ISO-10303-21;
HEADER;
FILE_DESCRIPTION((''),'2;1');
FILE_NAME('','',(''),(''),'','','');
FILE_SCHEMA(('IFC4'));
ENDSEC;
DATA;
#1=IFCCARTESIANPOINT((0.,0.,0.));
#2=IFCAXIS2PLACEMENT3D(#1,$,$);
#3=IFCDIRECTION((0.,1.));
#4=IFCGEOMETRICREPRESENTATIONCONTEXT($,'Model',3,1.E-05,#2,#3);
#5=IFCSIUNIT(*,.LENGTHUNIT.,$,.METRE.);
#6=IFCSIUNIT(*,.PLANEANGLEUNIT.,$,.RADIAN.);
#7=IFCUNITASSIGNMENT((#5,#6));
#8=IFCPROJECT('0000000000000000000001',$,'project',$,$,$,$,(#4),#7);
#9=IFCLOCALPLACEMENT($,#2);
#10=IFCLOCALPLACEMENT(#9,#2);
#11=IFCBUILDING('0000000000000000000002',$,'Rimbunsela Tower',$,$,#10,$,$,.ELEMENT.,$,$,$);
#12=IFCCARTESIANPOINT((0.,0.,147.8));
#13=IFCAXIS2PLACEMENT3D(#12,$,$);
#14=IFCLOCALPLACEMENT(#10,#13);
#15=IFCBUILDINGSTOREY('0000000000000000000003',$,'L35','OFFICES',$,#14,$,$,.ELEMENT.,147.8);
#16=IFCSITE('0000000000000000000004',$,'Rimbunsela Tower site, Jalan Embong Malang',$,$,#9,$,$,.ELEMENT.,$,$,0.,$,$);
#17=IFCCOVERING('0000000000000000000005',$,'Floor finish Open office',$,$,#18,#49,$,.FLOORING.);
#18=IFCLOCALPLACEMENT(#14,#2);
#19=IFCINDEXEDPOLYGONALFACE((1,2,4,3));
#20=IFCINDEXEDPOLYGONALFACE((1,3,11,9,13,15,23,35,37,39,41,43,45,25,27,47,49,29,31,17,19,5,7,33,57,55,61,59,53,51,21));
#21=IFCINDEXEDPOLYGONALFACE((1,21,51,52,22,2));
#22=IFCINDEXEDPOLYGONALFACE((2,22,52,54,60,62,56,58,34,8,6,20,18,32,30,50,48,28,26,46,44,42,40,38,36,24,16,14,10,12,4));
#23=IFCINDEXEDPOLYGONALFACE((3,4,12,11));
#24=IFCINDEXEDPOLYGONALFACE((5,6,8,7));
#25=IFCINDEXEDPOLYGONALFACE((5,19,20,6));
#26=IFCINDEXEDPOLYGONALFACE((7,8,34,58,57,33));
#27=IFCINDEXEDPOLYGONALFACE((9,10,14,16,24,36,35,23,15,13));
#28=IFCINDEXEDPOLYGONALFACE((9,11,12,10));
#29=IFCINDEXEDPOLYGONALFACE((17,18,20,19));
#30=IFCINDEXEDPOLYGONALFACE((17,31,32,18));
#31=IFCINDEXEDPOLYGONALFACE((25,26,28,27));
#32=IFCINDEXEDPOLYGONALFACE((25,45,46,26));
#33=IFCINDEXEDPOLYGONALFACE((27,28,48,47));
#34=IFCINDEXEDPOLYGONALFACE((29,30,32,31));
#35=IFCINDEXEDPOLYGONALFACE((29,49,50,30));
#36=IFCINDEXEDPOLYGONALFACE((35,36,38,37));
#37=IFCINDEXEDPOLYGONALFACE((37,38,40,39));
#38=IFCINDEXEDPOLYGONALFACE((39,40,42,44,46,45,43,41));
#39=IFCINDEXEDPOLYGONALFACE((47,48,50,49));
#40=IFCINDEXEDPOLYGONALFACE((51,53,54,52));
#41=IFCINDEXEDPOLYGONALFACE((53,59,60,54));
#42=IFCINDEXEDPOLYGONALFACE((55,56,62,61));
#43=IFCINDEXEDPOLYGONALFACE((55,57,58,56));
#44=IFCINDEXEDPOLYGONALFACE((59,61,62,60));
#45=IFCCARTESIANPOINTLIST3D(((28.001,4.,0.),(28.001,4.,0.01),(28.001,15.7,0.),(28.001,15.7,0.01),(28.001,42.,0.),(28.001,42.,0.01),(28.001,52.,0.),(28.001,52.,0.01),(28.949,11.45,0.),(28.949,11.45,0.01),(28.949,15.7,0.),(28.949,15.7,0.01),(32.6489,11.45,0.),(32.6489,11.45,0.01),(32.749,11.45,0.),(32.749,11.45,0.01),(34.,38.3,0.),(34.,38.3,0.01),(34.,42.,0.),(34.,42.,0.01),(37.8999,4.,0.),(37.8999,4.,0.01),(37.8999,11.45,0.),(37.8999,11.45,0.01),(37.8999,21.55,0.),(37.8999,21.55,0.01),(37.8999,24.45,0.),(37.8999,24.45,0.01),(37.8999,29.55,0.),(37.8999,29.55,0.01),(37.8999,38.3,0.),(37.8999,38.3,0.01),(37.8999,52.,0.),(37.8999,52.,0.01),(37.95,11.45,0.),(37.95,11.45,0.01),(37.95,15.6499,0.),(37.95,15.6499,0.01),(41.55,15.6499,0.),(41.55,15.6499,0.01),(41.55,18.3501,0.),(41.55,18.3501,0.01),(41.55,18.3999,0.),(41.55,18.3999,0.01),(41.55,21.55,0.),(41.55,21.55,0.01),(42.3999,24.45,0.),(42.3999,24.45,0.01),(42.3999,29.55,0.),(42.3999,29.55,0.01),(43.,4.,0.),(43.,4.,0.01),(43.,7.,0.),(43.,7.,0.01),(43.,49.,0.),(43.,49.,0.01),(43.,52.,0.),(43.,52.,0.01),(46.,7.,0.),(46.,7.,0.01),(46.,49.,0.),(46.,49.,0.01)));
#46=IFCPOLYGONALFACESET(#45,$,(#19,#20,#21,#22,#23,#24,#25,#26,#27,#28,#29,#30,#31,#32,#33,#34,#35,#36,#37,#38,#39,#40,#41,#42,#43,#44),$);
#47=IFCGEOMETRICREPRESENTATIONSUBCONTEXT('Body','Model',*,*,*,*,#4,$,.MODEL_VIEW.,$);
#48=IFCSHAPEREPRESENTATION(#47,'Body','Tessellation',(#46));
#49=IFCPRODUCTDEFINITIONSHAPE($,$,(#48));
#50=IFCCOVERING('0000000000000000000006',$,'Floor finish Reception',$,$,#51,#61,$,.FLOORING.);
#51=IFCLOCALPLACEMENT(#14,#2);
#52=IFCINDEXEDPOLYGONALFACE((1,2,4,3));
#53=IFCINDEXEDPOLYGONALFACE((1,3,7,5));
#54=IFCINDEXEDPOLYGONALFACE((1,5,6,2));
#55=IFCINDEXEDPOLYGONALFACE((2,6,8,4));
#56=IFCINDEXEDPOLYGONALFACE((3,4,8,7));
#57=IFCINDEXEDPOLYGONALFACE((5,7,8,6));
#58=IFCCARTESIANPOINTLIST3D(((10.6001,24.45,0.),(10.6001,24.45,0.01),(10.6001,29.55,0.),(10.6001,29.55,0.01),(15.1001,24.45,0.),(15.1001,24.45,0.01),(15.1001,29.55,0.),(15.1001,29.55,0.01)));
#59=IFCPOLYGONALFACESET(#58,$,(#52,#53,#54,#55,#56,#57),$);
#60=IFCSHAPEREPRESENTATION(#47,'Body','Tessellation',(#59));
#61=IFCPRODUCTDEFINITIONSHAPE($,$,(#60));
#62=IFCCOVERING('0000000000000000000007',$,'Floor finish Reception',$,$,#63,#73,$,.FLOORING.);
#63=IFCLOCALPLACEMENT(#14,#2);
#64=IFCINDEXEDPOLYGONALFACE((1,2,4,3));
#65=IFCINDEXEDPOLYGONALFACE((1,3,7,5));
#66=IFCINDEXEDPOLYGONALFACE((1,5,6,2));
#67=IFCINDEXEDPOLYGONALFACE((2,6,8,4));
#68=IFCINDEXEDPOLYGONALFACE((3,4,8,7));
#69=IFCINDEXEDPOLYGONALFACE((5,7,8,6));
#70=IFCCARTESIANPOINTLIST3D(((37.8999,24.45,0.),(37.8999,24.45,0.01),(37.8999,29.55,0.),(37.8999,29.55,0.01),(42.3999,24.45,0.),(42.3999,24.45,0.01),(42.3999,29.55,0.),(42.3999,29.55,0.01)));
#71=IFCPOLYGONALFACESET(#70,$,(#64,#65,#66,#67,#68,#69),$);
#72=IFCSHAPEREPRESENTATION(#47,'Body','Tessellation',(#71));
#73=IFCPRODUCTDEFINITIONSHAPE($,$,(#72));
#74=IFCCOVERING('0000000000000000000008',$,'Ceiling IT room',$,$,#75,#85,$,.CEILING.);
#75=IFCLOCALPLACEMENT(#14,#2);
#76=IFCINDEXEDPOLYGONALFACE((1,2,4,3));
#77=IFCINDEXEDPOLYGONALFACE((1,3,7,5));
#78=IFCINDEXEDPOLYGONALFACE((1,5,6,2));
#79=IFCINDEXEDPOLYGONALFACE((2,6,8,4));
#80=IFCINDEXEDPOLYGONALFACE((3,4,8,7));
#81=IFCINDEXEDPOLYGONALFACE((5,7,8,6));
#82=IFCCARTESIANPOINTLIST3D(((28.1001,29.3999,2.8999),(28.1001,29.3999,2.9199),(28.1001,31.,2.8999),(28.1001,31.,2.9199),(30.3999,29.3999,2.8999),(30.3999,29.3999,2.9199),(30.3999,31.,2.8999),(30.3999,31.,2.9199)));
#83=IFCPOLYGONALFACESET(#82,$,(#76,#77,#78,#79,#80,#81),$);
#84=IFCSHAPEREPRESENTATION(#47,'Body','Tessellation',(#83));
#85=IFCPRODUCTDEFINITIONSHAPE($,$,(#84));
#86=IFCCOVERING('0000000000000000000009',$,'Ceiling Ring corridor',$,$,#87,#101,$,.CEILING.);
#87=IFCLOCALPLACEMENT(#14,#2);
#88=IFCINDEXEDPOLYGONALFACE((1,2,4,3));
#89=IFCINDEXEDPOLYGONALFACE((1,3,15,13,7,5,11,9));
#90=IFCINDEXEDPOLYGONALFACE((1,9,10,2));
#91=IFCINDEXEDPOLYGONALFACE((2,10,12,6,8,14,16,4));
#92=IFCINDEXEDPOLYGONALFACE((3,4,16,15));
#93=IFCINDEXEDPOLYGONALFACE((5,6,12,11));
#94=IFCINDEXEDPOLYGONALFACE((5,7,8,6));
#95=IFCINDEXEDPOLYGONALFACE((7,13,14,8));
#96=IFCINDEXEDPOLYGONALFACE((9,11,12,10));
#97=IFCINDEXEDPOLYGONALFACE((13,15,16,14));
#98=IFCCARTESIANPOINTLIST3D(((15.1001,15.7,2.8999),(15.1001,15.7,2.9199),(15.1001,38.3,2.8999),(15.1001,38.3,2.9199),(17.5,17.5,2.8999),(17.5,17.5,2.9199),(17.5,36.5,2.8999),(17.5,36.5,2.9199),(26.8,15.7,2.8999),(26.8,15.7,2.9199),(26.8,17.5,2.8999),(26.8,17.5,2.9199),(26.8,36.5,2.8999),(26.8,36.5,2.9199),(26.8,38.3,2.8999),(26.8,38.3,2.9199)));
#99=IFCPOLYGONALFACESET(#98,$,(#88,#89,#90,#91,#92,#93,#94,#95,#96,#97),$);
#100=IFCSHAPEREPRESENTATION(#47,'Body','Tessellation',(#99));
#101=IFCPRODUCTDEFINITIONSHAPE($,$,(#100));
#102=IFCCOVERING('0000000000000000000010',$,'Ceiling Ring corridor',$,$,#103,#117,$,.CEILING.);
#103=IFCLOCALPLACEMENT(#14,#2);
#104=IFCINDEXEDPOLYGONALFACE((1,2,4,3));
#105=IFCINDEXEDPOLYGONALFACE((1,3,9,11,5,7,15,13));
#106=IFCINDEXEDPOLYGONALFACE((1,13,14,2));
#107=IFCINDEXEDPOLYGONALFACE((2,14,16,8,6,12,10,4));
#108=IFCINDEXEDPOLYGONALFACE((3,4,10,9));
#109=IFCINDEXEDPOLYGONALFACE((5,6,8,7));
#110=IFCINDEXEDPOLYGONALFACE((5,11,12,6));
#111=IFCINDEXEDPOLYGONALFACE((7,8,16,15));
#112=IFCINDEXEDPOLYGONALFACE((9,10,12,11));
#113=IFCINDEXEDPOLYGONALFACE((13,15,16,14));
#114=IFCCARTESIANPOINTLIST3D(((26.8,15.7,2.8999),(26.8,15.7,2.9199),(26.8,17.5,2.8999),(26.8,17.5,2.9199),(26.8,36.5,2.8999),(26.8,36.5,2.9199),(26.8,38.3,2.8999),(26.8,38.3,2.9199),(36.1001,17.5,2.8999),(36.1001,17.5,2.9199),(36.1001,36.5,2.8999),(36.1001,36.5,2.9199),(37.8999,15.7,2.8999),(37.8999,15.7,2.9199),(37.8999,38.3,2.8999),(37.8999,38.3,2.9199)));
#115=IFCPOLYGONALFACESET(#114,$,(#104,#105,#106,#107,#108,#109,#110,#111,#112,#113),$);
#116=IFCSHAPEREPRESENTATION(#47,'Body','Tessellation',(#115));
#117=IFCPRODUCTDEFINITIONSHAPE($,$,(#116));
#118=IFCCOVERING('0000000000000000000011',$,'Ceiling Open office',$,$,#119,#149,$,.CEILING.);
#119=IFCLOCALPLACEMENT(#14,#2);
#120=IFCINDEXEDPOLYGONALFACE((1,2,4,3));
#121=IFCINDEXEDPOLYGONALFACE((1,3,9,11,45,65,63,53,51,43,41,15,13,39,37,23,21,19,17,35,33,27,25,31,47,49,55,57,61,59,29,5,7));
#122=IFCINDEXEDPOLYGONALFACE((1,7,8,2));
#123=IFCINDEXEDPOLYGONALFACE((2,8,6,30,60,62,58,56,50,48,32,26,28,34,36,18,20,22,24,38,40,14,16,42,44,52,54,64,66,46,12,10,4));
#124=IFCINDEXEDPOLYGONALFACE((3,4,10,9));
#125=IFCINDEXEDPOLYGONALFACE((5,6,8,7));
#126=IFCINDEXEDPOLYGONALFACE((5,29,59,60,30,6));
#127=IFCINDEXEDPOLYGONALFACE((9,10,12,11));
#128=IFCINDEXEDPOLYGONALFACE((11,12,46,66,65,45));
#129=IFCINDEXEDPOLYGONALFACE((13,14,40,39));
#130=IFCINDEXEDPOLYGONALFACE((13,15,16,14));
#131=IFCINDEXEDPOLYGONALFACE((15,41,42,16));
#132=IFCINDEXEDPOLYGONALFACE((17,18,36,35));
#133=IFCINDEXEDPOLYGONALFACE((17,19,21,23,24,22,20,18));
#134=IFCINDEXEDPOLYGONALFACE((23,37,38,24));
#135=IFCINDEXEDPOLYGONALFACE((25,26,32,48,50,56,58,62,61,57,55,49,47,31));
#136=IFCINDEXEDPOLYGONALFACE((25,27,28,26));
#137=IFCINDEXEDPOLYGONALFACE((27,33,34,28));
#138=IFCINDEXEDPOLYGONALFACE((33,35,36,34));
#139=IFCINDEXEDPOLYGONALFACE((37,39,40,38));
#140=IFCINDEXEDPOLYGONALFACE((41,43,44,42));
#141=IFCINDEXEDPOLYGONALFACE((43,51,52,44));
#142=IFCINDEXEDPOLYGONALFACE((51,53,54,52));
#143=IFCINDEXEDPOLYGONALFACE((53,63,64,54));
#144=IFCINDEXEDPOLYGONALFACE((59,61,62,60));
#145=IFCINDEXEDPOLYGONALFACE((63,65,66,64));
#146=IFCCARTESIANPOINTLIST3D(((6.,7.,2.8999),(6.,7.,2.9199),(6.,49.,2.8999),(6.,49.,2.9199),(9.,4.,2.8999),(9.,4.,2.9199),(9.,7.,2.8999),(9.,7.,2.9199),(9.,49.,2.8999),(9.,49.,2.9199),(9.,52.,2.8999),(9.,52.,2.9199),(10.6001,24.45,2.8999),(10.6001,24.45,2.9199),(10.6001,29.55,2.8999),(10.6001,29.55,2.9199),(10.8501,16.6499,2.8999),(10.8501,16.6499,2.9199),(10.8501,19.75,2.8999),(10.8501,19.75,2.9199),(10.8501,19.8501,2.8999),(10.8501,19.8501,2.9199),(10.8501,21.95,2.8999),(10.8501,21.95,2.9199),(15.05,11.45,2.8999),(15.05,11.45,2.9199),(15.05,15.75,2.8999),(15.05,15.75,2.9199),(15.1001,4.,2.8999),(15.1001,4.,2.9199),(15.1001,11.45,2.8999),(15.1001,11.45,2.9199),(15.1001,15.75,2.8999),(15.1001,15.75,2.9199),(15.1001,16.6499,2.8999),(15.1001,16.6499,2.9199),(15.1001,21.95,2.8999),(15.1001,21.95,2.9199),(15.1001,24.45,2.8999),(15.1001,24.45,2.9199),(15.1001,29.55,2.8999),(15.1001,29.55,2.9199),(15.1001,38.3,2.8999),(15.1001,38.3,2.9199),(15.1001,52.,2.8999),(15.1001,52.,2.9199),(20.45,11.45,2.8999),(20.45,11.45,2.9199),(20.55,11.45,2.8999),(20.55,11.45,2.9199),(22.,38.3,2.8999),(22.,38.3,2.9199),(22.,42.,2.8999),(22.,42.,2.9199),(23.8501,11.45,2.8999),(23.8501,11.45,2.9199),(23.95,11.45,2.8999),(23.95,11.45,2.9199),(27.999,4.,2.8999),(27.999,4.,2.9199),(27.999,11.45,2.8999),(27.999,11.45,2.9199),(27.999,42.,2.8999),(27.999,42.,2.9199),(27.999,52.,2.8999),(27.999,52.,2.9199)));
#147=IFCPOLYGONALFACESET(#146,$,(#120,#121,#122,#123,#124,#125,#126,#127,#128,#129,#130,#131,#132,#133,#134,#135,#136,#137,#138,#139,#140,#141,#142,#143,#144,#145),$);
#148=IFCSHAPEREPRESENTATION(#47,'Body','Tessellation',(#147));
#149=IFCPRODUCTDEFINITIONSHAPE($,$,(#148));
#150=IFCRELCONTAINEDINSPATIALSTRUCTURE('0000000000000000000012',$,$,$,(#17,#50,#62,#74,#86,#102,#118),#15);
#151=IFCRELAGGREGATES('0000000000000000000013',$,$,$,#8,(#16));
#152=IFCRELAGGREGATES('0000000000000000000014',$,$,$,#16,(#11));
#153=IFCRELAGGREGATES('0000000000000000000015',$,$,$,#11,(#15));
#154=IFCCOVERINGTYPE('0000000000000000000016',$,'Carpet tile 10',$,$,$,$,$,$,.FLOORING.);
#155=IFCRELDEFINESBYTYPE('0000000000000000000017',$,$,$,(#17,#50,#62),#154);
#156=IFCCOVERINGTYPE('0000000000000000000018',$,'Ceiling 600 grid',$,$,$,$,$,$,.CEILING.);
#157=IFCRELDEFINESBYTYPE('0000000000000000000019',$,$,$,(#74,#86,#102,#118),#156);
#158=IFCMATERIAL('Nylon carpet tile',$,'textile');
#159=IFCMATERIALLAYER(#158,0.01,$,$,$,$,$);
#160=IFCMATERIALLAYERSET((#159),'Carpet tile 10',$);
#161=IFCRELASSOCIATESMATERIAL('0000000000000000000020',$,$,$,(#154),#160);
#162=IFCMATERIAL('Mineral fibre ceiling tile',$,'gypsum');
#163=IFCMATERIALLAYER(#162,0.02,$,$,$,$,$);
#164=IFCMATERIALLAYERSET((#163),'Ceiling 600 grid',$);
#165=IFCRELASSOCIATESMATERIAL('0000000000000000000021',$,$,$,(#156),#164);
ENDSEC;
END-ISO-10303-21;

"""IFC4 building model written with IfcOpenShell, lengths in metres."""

from ifc_helpers import new_model, si_unit, direction, frame, origin, place, context, subcontext, project, spatial, polyline, outline, extrude, material, layer, layer_set, type_object, element, save


model = new_model("IFC4")

# Units and contexts
model_context = context("Model", 3, precision=1e-05, world=origin(), true_north=direction((0.0, 1.0)))
body_context = subcontext(model_context, "Body", "Model", "MODEL_VIEW")
ifc_project = project(units=[si_unit("LENGTHUNIT", "METRE"), si_unit("PLANEANGLEUNIT", "RADIAN")], contexts=[model_context])

# Site, building, storey
site_placement = place(None, origin())
site = spatial("IfcSite", under=ifc_project, at=site_placement, Name="Rimbunsela Tower site, Jalan Embong Malang", CompositionType="ELEMENT", RefElevation=0.0)
building_placement = place(site_placement, origin())
building = spatial("IfcBuilding", under=site, at=building_placement, Name="Rimbunsela Tower", CompositionType="ELEMENT")
storey_placement = place(building_placement, frame((0.0, 0.0, 147.8)))
storey = spatial("IfcBuildingStorey", under=building, at=storey_placement, Name="L35", Description="OFFICES", CompositionType="ELEMENT", Elevation=147.8)

# Coverings
ifc_material_1 = material(Name="Nylon carpet tile", Category="textile")
ifc_layer_1 = layer(ifc_material_1, 0.01)
ifc_layer_set_1 = layer_set([ifc_layer_1], Name="Carpet tile 10")
covering_type_1 = type_object("IfcCoveringType", Name="Carpet tile 10", PredefinedType="FLOORING", material=ifc_layer_set_1)
covering_1_placement = place(storey_placement, origin())
element("IfcCovering", 1, at=covering_1_placement, inside=storey, type_object=covering_type_1, Name="Floor finish Open office", PredefinedType="FLOORING", context=body_context, shape_type="SweptSolid", body=[
    extrude(outline(polyline([(28.001, 15.7), (28.949, 15.7), (28.949, 11.45), (32.6489, 11.45), (32.749, 11.45), (37.8999, 11.45), (37.95, 11.45), (37.95, 15.6499), (41.55, 15.6499), (41.55, 18.3501), (41.55, 18.3999), (41.55, 21.55), (37.8999, 21.55), (37.8999, 24.45), (42.3999, 24.45), (42.3999, 29.55), (37.8999, 29.55), (37.8999, 38.3), (34.0, 38.3), (34.0, 42.0), (28.001, 42.0), (28.001, 52.0), (37.8999, 52.0), (43.0, 52.0), (43.0, 49.0), (46.0, 49.0), (46.0, 7.0), (43.0, 7.0), (43.0, 4.0), (37.8999, 4.0), (28.001, 4.0), (28.001, 15.7)])), origin(), (0.0, 0.0, 1.0), 0.01),
])
covering_2_placement = place(storey_placement, origin())
element("IfcCovering", 2, at=covering_2_placement, inside=storey, type_object=covering_type_1, Name="Floor finish Reception", PredefinedType="FLOORING", context=body_context, shape_type="SweptSolid", body=[
    extrude(outline(polyline([(15.1001, 24.45), (15.1001, 29.55), (10.6001, 29.55), (10.6001, 24.45), (15.1001, 24.45)])), origin(), (0.0, 0.0, 1.0), 0.01),
])
covering_3_placement = place(storey_placement, origin())
element("IfcCovering", 3, at=covering_3_placement, inside=storey, type_object=covering_type_1, Name="Floor finish Reception", PredefinedType="FLOORING", context=body_context, shape_type="SweptSolid", body=[
    extrude(outline(polyline([(42.3999, 24.45), (42.3999, 29.55), (37.8999, 29.55), (37.8999, 24.45), (42.3999, 24.45)])), origin(), (0.0, 0.0, 1.0), 0.01),
])
ifc_material_2 = material(Name="Mineral fibre ceiling tile", Category="gypsum")
ifc_layer_2 = layer(ifc_material_2, 0.02)
ifc_layer_set_2 = layer_set([ifc_layer_2], Name="Ceiling 600 grid")
covering_type_2 = type_object("IfcCoveringType", Name="Ceiling 600 grid", PredefinedType="CEILING", material=ifc_layer_set_2)
covering_4_placement = place(storey_placement, frame((0.0, 0.0, 2.8999)))
element("IfcCovering", 4, at=covering_4_placement, inside=storey, type_object=covering_type_2, Name="Ceiling IT room", PredefinedType="CEILING", context=body_context, shape_type="SweptSolid", body=[
    extrude(outline(polyline([(30.3999, 29.3999), (30.3999, 31.0), (28.1001, 31.0), (28.1001, 29.3999), (30.3999, 29.3999)])), origin(), (0.0, 0.0, 1.0), 0.02),
])
covering_5_placement = place(storey_placement, frame((0.0, 0.0, 2.8999)))
element("IfcCovering", 5, at=covering_5_placement, inside=storey, type_object=covering_type_2, Name="Ceiling Ring corridor", PredefinedType="CEILING", context=body_context, shape_type="SweptSolid", body=[
    extrude(outline(polyline([(15.1001, 38.3), (26.8, 38.3), (26.8, 36.5), (17.5, 36.5), (17.5, 17.5), (26.8, 17.5), (26.8, 15.7), (15.1001, 15.7), (15.1001, 38.3)])), origin(), (0.0, 0.0, 1.0), 0.02),
])
covering_6_placement = place(storey_placement, frame((0.0, 0.0, 2.8999)))
element("IfcCovering", 6, at=covering_6_placement, inside=storey, type_object=covering_type_2, Name="Ceiling Ring corridor", PredefinedType="CEILING", context=body_context, shape_type="SweptSolid", body=[
    extrude(outline(polyline([(37.8999, 38.3), (37.8999, 15.7), (26.8, 15.7), (26.8, 17.5), (36.1001, 17.5), (36.1001, 36.5), (26.8, 36.5), (26.8, 38.3), (37.8999, 38.3)])), origin(), (0.0, 0.0, 1.0), 0.02),
])
covering_7_placement = place(storey_placement, frame((0.0, 0.0, 2.8999)))
element("IfcCovering", 7, at=covering_7_placement, inside=storey, type_object=covering_type_2, Name="Ceiling Open office", PredefinedType="CEILING", context=body_context, shape_type="SweptSolid", body=[
    extrude(outline(polyline([(20.55, 11.45), (23.8501, 11.45), (23.95, 11.45), (27.999, 11.45), (27.999, 4.0), (15.1001, 4.0), (9.0, 4.0), (9.0, 7.0), (6.0, 7.0), (6.0, 49.0), (9.0, 49.0), (9.0, 52.0), (15.1001, 52.0), (27.999, 52.0), (27.999, 42.0), (22.0, 42.0), (22.0, 38.3), (15.1001, 38.3), (15.1001, 29.55), (10.6001, 29.55), (10.6001, 24.45), (15.1001, 24.45), (15.1001, 21.95), (10.8501, 21.95), (10.8501, 19.8501), (10.8501, 19.75), (10.8501, 16.6499), (15.1001, 16.6499), (15.1001, 15.75), (15.05, 15.75), (15.05, 11.45), (15.1001, 11.45), (20.45, 11.45), (20.55, 11.45)])), origin(), (0.0, 0.0, 1.0), 0.02),
])

save(model, "model.ifc")
